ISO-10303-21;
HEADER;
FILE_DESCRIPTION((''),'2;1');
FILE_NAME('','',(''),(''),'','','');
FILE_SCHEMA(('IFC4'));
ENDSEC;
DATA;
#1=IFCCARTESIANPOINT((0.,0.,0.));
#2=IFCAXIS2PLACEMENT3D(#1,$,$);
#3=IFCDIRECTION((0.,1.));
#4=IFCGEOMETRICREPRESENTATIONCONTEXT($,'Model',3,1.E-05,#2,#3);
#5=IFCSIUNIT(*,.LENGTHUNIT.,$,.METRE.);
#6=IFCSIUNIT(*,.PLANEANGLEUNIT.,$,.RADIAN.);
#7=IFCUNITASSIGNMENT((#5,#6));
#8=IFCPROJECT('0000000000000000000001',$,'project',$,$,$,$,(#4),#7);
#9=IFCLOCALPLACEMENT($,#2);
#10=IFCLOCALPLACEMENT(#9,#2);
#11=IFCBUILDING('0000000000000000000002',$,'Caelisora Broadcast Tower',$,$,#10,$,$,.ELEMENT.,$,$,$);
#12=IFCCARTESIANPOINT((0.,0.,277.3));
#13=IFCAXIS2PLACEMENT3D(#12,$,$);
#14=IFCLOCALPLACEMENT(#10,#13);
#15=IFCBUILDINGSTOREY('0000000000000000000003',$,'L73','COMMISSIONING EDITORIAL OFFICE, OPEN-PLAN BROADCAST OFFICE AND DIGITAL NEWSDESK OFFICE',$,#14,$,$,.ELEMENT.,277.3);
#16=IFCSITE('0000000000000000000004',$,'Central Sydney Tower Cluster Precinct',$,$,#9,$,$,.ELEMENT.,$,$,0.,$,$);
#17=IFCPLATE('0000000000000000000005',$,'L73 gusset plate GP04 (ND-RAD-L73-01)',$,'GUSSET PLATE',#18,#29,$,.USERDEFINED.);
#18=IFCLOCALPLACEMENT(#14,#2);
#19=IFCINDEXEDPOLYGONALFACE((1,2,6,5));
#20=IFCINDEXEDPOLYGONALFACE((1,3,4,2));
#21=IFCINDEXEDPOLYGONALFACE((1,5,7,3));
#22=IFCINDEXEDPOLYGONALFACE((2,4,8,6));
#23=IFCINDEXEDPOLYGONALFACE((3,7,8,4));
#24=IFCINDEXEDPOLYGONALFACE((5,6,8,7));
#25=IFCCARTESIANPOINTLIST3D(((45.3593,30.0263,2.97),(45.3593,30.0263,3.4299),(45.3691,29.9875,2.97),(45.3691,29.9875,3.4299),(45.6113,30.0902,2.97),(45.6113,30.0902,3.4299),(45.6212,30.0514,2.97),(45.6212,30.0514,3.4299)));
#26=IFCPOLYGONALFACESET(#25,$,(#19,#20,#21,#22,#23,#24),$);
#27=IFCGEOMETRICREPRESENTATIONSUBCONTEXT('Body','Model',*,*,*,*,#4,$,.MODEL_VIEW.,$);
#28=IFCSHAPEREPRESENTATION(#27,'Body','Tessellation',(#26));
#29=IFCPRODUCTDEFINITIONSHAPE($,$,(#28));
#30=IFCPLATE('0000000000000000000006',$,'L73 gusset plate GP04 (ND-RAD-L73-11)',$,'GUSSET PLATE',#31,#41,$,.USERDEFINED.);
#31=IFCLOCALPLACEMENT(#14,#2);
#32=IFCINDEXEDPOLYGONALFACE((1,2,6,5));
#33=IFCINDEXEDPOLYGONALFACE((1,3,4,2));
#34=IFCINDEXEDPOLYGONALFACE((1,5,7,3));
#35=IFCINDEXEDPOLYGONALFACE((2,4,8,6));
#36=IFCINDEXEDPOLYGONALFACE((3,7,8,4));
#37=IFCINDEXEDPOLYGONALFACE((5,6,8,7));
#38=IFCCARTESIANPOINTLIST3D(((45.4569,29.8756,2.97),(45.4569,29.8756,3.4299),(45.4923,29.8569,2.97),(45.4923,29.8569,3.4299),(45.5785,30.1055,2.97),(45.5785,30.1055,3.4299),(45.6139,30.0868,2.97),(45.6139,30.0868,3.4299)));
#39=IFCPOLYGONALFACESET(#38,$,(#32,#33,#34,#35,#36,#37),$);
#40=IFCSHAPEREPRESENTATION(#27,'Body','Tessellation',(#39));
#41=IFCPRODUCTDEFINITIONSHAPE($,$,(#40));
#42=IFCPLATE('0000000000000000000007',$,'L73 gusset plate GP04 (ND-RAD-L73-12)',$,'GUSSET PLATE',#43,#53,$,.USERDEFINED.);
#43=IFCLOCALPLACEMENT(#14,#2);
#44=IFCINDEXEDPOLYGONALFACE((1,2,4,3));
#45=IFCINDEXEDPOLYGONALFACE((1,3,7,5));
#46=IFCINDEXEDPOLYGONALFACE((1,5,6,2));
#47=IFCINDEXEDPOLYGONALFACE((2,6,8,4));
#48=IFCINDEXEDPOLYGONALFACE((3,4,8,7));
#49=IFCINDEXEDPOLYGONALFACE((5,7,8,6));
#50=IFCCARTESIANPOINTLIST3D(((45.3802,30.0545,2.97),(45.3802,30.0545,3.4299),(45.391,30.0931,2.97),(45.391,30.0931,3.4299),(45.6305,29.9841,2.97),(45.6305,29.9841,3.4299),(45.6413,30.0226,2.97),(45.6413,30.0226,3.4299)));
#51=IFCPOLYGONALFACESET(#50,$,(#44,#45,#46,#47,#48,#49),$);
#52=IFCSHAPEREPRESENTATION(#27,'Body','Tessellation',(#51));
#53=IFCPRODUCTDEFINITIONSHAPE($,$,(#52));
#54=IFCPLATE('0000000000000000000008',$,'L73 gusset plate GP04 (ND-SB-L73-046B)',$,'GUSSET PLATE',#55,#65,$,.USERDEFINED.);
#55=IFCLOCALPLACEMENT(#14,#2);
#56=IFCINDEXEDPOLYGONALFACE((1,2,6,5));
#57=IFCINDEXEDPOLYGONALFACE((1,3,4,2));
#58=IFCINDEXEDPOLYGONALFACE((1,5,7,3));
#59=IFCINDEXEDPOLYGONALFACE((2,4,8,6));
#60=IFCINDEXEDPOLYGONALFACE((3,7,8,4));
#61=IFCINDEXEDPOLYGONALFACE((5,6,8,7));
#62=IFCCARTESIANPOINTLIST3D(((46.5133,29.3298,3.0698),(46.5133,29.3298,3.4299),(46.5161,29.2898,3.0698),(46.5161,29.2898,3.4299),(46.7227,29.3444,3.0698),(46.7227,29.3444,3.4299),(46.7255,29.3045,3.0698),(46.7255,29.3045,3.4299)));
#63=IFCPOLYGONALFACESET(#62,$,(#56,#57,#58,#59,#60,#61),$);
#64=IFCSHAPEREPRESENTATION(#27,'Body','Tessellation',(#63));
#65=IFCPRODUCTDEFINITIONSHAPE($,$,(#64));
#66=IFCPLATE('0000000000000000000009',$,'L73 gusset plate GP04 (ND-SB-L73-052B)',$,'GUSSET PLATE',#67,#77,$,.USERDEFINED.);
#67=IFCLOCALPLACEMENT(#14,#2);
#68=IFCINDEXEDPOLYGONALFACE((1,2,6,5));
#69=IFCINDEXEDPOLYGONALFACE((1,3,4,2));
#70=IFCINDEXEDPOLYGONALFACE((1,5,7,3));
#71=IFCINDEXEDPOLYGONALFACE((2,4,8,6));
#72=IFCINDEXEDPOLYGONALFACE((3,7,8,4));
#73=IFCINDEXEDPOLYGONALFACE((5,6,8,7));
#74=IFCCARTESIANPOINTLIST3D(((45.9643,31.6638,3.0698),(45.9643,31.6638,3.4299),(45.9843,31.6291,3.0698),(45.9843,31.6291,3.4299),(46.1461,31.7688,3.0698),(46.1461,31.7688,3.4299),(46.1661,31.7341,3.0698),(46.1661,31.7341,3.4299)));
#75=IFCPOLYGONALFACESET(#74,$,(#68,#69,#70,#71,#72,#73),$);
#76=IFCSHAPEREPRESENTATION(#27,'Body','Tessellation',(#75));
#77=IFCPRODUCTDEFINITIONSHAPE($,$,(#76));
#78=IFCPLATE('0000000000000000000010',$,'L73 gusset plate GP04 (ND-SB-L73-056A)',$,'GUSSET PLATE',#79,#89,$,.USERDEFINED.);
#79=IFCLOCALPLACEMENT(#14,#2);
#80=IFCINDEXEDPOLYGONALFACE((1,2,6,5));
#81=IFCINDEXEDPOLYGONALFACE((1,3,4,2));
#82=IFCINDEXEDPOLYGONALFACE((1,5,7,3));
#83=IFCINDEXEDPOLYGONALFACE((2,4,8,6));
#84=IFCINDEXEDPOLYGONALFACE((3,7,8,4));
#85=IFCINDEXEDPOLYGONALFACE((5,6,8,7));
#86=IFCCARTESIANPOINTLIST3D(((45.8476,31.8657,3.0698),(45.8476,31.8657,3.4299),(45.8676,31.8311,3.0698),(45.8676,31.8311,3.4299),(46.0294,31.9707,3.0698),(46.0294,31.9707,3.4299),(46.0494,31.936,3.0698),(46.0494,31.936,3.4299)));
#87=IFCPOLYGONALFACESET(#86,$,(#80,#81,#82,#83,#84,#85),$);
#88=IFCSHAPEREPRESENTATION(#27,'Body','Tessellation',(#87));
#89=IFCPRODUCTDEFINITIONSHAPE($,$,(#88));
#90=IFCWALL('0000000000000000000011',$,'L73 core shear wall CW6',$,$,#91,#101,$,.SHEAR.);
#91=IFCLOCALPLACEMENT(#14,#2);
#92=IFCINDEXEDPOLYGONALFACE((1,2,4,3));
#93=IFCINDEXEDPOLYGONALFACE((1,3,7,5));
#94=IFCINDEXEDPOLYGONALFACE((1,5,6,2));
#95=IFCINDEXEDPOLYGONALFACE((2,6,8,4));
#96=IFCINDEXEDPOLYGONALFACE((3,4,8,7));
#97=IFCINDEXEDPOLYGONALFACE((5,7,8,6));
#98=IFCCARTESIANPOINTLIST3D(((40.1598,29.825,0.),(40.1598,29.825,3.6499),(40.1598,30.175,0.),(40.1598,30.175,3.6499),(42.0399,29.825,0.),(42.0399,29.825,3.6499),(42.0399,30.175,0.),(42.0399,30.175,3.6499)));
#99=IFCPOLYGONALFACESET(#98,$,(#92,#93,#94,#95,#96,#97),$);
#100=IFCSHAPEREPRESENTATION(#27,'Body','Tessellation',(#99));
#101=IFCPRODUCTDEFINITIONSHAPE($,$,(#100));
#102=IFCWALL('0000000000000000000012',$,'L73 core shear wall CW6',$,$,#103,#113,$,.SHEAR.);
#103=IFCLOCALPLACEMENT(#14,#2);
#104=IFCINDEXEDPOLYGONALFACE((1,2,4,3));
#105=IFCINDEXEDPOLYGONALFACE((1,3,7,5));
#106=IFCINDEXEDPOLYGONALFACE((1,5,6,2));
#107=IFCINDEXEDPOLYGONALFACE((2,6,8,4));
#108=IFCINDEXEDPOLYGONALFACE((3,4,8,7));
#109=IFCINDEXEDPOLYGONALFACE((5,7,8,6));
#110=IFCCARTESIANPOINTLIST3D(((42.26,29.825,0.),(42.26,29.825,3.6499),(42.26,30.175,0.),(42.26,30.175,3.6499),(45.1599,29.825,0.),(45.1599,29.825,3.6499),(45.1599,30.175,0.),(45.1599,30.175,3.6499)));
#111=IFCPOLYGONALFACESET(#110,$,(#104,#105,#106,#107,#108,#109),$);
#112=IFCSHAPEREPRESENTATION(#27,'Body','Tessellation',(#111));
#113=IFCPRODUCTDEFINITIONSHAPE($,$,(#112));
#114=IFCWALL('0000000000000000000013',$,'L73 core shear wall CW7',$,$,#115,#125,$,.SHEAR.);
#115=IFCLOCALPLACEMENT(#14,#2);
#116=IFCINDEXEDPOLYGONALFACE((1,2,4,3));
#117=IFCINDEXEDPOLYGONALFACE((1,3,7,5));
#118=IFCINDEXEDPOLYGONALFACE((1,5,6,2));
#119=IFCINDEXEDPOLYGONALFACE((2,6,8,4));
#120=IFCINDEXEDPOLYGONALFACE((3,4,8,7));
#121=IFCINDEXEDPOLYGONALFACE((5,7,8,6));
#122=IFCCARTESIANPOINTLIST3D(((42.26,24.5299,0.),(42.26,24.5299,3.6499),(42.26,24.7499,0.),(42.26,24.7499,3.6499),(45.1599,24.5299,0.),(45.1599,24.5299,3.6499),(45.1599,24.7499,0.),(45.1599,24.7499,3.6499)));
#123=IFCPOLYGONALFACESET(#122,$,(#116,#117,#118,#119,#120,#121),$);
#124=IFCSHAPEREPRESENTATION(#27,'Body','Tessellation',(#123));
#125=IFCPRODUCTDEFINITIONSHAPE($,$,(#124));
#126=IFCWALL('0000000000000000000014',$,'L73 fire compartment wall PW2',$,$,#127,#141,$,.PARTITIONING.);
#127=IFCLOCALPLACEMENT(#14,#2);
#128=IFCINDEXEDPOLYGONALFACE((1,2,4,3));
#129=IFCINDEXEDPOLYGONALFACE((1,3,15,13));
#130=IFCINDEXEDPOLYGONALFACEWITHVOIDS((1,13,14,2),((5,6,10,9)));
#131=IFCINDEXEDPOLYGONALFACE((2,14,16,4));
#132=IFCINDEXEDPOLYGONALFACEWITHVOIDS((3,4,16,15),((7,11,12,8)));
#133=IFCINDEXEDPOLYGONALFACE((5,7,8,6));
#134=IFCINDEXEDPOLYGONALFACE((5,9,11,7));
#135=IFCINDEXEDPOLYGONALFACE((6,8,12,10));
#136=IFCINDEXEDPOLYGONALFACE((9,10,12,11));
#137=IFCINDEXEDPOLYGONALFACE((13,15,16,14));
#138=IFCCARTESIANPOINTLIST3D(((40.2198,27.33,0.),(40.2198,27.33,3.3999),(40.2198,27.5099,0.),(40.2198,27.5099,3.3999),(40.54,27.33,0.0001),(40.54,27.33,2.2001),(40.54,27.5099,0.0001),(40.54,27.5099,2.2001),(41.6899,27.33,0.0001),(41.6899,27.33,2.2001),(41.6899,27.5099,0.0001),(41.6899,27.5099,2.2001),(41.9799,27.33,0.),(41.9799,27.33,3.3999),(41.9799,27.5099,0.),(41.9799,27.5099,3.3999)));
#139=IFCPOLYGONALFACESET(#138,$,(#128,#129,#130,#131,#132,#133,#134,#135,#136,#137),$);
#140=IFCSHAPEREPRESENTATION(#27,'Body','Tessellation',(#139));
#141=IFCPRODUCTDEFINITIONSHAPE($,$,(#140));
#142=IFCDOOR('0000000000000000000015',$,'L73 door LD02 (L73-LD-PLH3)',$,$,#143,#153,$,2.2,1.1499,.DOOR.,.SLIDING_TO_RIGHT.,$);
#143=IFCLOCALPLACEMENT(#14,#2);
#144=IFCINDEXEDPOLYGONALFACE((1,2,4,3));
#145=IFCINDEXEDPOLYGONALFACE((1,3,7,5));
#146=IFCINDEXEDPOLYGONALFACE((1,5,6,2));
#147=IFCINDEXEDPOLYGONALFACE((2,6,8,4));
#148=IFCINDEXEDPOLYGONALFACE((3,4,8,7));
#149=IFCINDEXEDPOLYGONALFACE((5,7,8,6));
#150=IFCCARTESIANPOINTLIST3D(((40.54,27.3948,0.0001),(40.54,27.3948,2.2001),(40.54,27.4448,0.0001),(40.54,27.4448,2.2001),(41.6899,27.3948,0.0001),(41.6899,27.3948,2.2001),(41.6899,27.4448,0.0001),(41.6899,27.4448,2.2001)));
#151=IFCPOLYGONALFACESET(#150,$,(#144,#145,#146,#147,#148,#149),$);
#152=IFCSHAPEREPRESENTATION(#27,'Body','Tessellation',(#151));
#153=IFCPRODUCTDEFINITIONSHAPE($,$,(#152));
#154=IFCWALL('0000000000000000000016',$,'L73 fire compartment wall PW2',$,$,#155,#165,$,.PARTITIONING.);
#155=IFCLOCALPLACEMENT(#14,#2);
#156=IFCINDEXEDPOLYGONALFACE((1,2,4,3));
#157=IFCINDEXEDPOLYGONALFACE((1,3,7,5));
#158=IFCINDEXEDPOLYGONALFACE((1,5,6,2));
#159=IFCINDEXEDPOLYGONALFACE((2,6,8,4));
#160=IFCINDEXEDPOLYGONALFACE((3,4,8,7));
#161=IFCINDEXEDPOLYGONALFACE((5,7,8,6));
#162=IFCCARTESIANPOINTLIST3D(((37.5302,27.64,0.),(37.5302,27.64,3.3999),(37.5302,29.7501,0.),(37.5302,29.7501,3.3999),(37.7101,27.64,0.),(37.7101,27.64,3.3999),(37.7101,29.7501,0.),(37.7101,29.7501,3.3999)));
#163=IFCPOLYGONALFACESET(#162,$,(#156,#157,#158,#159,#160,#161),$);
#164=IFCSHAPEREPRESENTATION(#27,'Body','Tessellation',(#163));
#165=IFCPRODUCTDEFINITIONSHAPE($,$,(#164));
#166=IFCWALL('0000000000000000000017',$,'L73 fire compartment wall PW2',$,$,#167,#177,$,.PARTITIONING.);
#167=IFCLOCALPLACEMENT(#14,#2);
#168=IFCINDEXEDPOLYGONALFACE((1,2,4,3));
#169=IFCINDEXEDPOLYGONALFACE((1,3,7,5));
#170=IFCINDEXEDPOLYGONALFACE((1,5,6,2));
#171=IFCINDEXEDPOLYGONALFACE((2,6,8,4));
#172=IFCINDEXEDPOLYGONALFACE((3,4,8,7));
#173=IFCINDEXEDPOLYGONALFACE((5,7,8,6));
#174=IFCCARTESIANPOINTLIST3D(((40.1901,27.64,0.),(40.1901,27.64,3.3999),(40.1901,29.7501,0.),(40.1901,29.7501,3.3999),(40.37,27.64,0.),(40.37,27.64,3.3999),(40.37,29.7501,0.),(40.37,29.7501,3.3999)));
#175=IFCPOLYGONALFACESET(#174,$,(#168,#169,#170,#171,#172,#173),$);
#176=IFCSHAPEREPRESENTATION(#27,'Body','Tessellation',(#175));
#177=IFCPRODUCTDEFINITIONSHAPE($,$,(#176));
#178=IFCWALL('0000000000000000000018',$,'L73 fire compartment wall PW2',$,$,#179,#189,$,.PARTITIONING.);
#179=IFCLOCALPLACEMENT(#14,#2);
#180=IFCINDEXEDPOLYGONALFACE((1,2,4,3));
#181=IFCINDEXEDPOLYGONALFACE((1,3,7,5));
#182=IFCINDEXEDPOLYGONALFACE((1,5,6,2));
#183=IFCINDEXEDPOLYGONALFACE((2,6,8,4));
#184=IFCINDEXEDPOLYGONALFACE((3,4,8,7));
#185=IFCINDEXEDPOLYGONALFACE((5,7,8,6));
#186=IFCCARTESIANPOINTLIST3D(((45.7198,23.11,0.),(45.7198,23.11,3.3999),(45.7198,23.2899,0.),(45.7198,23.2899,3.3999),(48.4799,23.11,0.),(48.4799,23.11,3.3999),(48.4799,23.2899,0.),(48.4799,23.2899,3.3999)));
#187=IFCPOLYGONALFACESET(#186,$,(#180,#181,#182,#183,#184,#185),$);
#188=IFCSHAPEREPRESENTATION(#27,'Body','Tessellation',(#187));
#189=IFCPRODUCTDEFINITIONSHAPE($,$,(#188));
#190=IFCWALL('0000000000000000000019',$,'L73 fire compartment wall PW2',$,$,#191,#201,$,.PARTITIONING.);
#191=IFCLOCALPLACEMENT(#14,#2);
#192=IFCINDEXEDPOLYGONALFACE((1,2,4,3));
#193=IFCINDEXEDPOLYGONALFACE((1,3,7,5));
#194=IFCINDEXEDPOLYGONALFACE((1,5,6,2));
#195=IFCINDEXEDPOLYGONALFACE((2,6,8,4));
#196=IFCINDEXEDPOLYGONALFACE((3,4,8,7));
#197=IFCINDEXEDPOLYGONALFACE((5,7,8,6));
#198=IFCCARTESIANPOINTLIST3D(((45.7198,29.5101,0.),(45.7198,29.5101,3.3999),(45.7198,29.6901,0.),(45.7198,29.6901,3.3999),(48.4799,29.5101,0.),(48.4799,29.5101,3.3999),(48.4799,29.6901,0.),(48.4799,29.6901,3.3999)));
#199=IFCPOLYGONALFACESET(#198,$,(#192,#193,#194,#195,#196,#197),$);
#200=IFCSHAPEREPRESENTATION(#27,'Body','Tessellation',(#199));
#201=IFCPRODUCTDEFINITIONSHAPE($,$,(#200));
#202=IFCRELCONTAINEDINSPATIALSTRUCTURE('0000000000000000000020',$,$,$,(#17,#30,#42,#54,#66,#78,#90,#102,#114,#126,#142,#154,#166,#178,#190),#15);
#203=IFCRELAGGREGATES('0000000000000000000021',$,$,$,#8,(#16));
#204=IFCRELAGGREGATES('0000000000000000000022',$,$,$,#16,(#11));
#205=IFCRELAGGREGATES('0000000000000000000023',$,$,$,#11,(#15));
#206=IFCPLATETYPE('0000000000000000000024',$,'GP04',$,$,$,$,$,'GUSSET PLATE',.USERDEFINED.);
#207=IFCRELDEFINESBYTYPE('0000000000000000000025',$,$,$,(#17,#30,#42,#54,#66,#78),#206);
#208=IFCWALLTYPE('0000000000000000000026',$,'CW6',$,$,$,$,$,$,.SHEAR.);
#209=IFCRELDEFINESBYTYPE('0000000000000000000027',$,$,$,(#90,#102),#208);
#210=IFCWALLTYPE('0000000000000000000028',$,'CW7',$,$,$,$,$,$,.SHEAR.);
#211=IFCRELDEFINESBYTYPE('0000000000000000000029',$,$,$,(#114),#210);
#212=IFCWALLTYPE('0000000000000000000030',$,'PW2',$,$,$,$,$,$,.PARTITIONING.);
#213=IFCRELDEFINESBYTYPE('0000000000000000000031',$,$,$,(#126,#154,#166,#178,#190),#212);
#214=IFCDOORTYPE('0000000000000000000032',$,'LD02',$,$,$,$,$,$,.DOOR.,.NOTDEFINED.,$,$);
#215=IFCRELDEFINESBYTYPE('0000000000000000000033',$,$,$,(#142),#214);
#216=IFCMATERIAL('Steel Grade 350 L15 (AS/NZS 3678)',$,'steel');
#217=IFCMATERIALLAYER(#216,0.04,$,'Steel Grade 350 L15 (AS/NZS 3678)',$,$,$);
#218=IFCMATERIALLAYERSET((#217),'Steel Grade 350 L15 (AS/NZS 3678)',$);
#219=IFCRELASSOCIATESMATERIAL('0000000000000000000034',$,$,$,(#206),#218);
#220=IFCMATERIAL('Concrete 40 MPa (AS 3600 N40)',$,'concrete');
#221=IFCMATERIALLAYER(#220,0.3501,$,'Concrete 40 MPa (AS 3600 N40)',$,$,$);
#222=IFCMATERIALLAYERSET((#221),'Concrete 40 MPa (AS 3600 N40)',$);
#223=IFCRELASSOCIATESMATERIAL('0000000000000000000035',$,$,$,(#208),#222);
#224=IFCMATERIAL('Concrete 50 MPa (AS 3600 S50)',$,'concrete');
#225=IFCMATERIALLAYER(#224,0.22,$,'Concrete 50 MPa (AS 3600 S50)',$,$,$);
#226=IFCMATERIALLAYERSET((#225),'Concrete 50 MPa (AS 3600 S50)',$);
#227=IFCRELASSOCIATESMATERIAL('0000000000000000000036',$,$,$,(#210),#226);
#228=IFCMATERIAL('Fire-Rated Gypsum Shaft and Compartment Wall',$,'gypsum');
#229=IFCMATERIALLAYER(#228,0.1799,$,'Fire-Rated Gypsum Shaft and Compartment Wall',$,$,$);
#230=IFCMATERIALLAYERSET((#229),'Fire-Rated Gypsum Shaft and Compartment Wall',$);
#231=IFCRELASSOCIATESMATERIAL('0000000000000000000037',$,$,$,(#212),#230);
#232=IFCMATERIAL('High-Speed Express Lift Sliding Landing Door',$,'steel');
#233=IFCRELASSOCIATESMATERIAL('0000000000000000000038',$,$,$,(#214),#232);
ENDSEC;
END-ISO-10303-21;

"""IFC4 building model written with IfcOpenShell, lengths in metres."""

from ifc_helpers import new_model, si_unit, direction, frame, frame_2d, origin, origin_2d, place, context, subcontext, project, spatial, rectangle, extrude, source, transform, mapped, material, layer, layer_set, type_object, type_shapes, element, fill, save


model = new_model("IFC4")

# Units and contexts
model_context = context("Model", 3, precision=1e-05, world=origin(), true_north=direction((0.0, 1.0)))
body_context = subcontext(model_context, "Body", "Model", "MODEL_VIEW")
ifc_project = project(units=[si_unit("LENGTHUNIT", "METRE"), si_unit("PLANEANGLEUNIT", "RADIAN")], contexts=[model_context])

# Site, building, storey
site_placement = place(None, origin())
site = spatial("IfcSite", under=ifc_project, at=site_placement, Name="Central Sydney Tower Cluster Precinct", CompositionType="ELEMENT", RefElevation=0.0)
building_placement = place(site_placement, origin())
building = spatial("IfcBuilding", under=site, at=building_placement, Name="Caelisora Broadcast Tower", CompositionType="ELEMENT")
storey_placement = place(building_placement, frame((0.0, 0.0, 277.3)))
storey = spatial("IfcBuildingStorey", under=building, at=storey_placement, Name="L73", Description="COMMISSIONING EDITORIAL OFFICE, OPEN-PLAN BROADCAST OFFICE AND DIGITAL NEWSDESK OFFICE", CompositionType="ELEMENT", Elevation=277.3)

# Shared definitions
ifc_material_1 = material(Name="Concrete 50 MPa (AS 3600 S50)", Category="concrete")

# Plates
ifc_material_2 = material(Name="Steel Grade 350 L15 (AS/NZS 3678)", Category="steel")
ifc_layer_1 = layer(ifc_material_2, 0.04, Name="Steel Grade 350 L15 (AS/NZS 3678)")
ifc_layer_set_1 = layer_set([ifc_layer_1], Name="Steel Grade 350 L15 (AS/NZS 3678)")
plate_type = type_object("IfcPlateType", Name="GP04", ElementType="GUSSET PLATE", PredefinedType="USERDEFINED", material=ifc_layer_set_1)
shared_shape_1 = source(origin(), body_context, "Body", "SweptSolid", [
    extrude(rectangle(XDim=0.26, YDim=0.04, at=origin_2d()), origin(), (0.0, 0.0, 1.0), 0.46),
])
for number, where, z_axis, x_axis, name in (
    (1, (45.4902, 30.0388, 2.97), (0.0, 0.0, 1.0), (-0.969317, -0.245815, 0.0), "L73 gusset plate GP04 (ND-RAD-L73-01)"),
    (2, (45.5354, 29.9812, 2.97), (0.0, 0.0, 1.0), (0.467467, 0.884011, 0.0), "L73 gusset plate GP04 (ND-RAD-L73-11)"),
    (3, (45.5107, 30.0386, 2.97), (0.0, 0.0, 1.0), (-0.96255, 0.271104, 0.0), "L73 gusset plate GP04 (ND-RAD-L73-12)"),
):
    element("IfcPlate", number, at=place(storey_placement, frame(where, z_axis=z_axis, x_axis=x_axis)), inside=storey, type_object=plate_type, Name=name, ObjectType="GUSSET PLATE", PredefinedType="USERDEFINED", context=body_context, shape_type="MappedRepresentation", body=[
        mapped(shared_shape_1, transform((0.0, 0.0, 0.0), scale=1.0)),
    ])
shared_shape_2 = source(origin(), body_context, "Body", "SweptSolid", [
    extrude(rectangle(XDim=0.21, YDim=0.04, at=origin_2d()), origin(), (0.0, 0.0, 1.0), 0.3601),
])
type_shapes(plate_type, [shared_shape_1, shared_shape_2])
for number, where, z_axis, x_axis, name in (
    (4, (46.6194, 29.3171, 3.0698), (0.0, 0.0, 1.0), (-0.997564, -0.069756, 0.0), "L73 gusset plate GP04 (ND-SB-L73-046B)"),
    (5, (46.0652, 31.699, 3.0698), (0.0, 0.0, 1.0), (-0.866025, -0.5, 0.0), "L73 gusset plate GP04 (ND-SB-L73-052B)"),
    (6, (45.9485, 31.9009, 3.0698), (0.0, 0.0, 1.0), (-0.866025, -0.5, 0.0), "L73 gusset plate GP04 (ND-SB-L73-056A)"),
):
    element("IfcPlate", number, at=place(storey_placement, frame(where, z_axis=z_axis, x_axis=x_axis)), inside=storey, type_object=plate_type, Name=name, ObjectType="GUSSET PLATE", PredefinedType="USERDEFINED", context=body_context, shape_type="MappedRepresentation", body=[
        mapped(shared_shape_2, transform((0.0, 0.0, 0.0), scale=1.0)),
    ])

# Walls
ifc_material_3 = material(Name="Concrete 40 MPa (AS 3600 N40)", Category="concrete")
ifc_layer_2 = layer(ifc_material_3, 0.3501, Name="Concrete 40 MPa (AS 3600 N40)")
ifc_layer_set_2 = layer_set([ifc_layer_2], Name="Concrete 40 MPa (AS 3600 N40)")
wall_type_1 = type_object("IfcWallType", Name="CW6", PredefinedType="SHEAR", material=ifc_layer_set_2)
wall_1_placement = place(storey_placement, frame((40.1599, 30.0, 0.0), z_axis=(0.0, 0.0, 1.0), x_axis=(1.0, 0.0, 0.0)))
element("IfcWall", 7, at=wall_1_placement, inside=storey, type_object=wall_type_1, Name="L73 core shear wall CW6", PredefinedType="SHEAR", context=body_context, shape_type="SweptSolid", body=[
    extrude(rectangle(XDim=1.8801, YDim=0.3501, at=frame_2d((0.9399, 0.0))), origin(), (0.0, 0.0, 1.0), 3.6499),
])
wall_2_placement = place(storey_placement, frame((42.26, 30.0, 0.0), z_axis=(0.0, 0.0, 1.0), x_axis=(1.0, 0.0, 0.0)))
element("IfcWall", 8, at=wall_2_placement, inside=storey, type_object=wall_type_1, Name="L73 core shear wall CW6", PredefinedType="SHEAR", context=body_context, shape_type="SweptSolid", body=[
    extrude(rectangle(XDim=2.8999, YDim=0.3501, at=frame_2d((1.45, 0.0))), origin(), (0.0, 0.0, 1.0), 3.6499),
])
ifc_layer_3 = layer(ifc_material_1, 0.22, Name="Concrete 50 MPa (AS 3600 S50)")
ifc_layer_set_3 = layer_set([ifc_layer_3], Name="Concrete 50 MPa (AS 3600 S50)")
wall_type_2 = type_object("IfcWallType", Name="CW7", PredefinedType="SHEAR", material=ifc_layer_set_3)
wall_3_placement = place(storey_placement, frame((42.26, 24.6399, 0.0), z_axis=(0.0, 0.0, 1.0), x_axis=(1.0, 0.0, 0.0)))
element("IfcWall", 9, at=wall_3_placement, inside=storey, type_object=wall_type_2, Name="L73 core shear wall CW7", PredefinedType="SHEAR", context=body_context, shape_type="SweptSolid", body=[
    extrude(rectangle(XDim=2.8999, YDim=0.22, at=frame_2d((1.45, 0.0))), origin(), (0.0, 0.0, 1.0), 3.6499),
])

# Wall, opening, door
ifc_material_4 = material(Name="Fire-Rated Gypsum Shaft and Compartment Wall", Category="gypsum")
ifc_layer_4 = layer(ifc_material_4, 0.1799, Name="Fire-Rated Gypsum Shaft and Compartment Wall")
ifc_layer_set_4 = layer_set([ifc_layer_4], Name="Fire-Rated Gypsum Shaft and Compartment Wall")
wall_type_3 = type_object("IfcWallType", Name="PW2", PredefinedType="PARTITIONING", material=ifc_layer_set_4)
wall_4_placement = place(storey_placement, frame((40.22, 27.4199, 0.0), z_axis=(0.0, 0.0, 1.0), x_axis=(1.0, 0.0, 0.0)))
wall_4 = element("IfcWall", 10, at=wall_4_placement, inside=storey, type_object=wall_type_3, Name="L73 fire compartment wall PW2", PredefinedType="PARTITIONING", context=body_context, shape_type="SweptSolid", body=[
    extrude(rectangle(XDim=1.76, YDim=0.1799, at=frame_2d((0.8799, 0.0))), origin(), (0.0, 0.0, 1.0), 3.3999),
])
opening_placement = place(wall_4_placement, frame((0.3201, 0.0, 0.0)))
opening = element("IfcOpeningElement", 11, at=opening_placement, cuts=wall_4, PredefinedType="OPENING", context=body_context, shape_type="SweptSolid", body=[
    extrude(rectangle(XDim=1.1499, YDim=2.2, at=frame_2d((0.575, 1.1001))), frame((0.0, 0.1021, 0.0), z_axis=(0.0, -1.0, 0.0), x_axis=(1.0, 0.0, 0.0)), (0.0, 0.0, 1.0), 0.2039),
])
ifc_material_5 = material(Name="High-Speed Express Lift Sliding Landing Door", Category="steel")
door_type = type_object("IfcDoorType", Name="LD02", OperationType="NOTDEFINED", PredefinedType="DOOR", material=ifc_material_5)
door_placement = place(opening_placement, origin())
door = element("IfcDoor", 12, at=door_placement, inside=storey, type_object=door_type, Name="L73 door LD02 (L73-LD-PLH3)", OperationType="SLIDING_TO_RIGHT", OverallHeight=2.2, OverallWidth=1.1499, PredefinedType="DOOR", context=body_context, shape_type="SweptSolid", body=[
    extrude(rectangle(XDim=1.1499, YDim=2.2, at=frame_2d((0.575, 1.1001))), frame((0.0, 0.0249, 0.0), z_axis=(0.0, -1.0, 0.0), x_axis=(1.0, 0.0, 0.0)), (0.0, 0.0, 1.0), 0.05),
])
fill(opening, door)

# Walls
for number, where, z_axis, x_axis, name in (
    (13, (37.6201, 27.6399, 0.0), (0.0, 0.0, 1.0), (0.0, 1.0, 0.0), "L73 fire compartment wall PW2"),
    (14, (40.28, 27.6399, 0.0), (0.0, 0.0, 1.0), (0.0, 1.0, 0.0), "L73 fire compartment wall PW2"),
):
    element("IfcWall", number, at=place(storey_placement, frame(where, z_axis=z_axis, x_axis=x_axis)), inside=storey, type_object=wall_type_3, Name=name, PredefinedType="PARTITIONING", context=body_context, shape_type="SweptSolid", body=[
        extrude(rectangle(XDim=2.1101, YDim=0.1799, at=frame_2d((1.0552, 0.0))), origin(), (0.0, 0.0, 1.0), 3.3999),
    ])
for number, where, z_axis, x_axis, name in (
    (15, (45.72, 23.2, 0.0), (0.0, 0.0, 1.0), (1.0, 0.0, 0.0), "L73 fire compartment wall PW2"),
    (16, (45.72, 29.6001, 0.0), (0.0, 0.0, 1.0), (1.0, 0.0, 0.0), "L73 fire compartment wall PW2"),
):
    element("IfcWall", number, at=place(storey_placement, frame(where, z_axis=z_axis, x_axis=x_axis)), inside=storey, type_object=wall_type_3, Name=name, PredefinedType="PARTITIONING", context=body_context, shape_type="SweptSolid", body=[
        extrude(rectangle(XDim=2.76, YDim=0.1799, at=frame_2d((1.3799, 0.0))), origin(), (0.0, 0.0, 1.0), 3.3999),
    ])

save(model, "model.ifc")
